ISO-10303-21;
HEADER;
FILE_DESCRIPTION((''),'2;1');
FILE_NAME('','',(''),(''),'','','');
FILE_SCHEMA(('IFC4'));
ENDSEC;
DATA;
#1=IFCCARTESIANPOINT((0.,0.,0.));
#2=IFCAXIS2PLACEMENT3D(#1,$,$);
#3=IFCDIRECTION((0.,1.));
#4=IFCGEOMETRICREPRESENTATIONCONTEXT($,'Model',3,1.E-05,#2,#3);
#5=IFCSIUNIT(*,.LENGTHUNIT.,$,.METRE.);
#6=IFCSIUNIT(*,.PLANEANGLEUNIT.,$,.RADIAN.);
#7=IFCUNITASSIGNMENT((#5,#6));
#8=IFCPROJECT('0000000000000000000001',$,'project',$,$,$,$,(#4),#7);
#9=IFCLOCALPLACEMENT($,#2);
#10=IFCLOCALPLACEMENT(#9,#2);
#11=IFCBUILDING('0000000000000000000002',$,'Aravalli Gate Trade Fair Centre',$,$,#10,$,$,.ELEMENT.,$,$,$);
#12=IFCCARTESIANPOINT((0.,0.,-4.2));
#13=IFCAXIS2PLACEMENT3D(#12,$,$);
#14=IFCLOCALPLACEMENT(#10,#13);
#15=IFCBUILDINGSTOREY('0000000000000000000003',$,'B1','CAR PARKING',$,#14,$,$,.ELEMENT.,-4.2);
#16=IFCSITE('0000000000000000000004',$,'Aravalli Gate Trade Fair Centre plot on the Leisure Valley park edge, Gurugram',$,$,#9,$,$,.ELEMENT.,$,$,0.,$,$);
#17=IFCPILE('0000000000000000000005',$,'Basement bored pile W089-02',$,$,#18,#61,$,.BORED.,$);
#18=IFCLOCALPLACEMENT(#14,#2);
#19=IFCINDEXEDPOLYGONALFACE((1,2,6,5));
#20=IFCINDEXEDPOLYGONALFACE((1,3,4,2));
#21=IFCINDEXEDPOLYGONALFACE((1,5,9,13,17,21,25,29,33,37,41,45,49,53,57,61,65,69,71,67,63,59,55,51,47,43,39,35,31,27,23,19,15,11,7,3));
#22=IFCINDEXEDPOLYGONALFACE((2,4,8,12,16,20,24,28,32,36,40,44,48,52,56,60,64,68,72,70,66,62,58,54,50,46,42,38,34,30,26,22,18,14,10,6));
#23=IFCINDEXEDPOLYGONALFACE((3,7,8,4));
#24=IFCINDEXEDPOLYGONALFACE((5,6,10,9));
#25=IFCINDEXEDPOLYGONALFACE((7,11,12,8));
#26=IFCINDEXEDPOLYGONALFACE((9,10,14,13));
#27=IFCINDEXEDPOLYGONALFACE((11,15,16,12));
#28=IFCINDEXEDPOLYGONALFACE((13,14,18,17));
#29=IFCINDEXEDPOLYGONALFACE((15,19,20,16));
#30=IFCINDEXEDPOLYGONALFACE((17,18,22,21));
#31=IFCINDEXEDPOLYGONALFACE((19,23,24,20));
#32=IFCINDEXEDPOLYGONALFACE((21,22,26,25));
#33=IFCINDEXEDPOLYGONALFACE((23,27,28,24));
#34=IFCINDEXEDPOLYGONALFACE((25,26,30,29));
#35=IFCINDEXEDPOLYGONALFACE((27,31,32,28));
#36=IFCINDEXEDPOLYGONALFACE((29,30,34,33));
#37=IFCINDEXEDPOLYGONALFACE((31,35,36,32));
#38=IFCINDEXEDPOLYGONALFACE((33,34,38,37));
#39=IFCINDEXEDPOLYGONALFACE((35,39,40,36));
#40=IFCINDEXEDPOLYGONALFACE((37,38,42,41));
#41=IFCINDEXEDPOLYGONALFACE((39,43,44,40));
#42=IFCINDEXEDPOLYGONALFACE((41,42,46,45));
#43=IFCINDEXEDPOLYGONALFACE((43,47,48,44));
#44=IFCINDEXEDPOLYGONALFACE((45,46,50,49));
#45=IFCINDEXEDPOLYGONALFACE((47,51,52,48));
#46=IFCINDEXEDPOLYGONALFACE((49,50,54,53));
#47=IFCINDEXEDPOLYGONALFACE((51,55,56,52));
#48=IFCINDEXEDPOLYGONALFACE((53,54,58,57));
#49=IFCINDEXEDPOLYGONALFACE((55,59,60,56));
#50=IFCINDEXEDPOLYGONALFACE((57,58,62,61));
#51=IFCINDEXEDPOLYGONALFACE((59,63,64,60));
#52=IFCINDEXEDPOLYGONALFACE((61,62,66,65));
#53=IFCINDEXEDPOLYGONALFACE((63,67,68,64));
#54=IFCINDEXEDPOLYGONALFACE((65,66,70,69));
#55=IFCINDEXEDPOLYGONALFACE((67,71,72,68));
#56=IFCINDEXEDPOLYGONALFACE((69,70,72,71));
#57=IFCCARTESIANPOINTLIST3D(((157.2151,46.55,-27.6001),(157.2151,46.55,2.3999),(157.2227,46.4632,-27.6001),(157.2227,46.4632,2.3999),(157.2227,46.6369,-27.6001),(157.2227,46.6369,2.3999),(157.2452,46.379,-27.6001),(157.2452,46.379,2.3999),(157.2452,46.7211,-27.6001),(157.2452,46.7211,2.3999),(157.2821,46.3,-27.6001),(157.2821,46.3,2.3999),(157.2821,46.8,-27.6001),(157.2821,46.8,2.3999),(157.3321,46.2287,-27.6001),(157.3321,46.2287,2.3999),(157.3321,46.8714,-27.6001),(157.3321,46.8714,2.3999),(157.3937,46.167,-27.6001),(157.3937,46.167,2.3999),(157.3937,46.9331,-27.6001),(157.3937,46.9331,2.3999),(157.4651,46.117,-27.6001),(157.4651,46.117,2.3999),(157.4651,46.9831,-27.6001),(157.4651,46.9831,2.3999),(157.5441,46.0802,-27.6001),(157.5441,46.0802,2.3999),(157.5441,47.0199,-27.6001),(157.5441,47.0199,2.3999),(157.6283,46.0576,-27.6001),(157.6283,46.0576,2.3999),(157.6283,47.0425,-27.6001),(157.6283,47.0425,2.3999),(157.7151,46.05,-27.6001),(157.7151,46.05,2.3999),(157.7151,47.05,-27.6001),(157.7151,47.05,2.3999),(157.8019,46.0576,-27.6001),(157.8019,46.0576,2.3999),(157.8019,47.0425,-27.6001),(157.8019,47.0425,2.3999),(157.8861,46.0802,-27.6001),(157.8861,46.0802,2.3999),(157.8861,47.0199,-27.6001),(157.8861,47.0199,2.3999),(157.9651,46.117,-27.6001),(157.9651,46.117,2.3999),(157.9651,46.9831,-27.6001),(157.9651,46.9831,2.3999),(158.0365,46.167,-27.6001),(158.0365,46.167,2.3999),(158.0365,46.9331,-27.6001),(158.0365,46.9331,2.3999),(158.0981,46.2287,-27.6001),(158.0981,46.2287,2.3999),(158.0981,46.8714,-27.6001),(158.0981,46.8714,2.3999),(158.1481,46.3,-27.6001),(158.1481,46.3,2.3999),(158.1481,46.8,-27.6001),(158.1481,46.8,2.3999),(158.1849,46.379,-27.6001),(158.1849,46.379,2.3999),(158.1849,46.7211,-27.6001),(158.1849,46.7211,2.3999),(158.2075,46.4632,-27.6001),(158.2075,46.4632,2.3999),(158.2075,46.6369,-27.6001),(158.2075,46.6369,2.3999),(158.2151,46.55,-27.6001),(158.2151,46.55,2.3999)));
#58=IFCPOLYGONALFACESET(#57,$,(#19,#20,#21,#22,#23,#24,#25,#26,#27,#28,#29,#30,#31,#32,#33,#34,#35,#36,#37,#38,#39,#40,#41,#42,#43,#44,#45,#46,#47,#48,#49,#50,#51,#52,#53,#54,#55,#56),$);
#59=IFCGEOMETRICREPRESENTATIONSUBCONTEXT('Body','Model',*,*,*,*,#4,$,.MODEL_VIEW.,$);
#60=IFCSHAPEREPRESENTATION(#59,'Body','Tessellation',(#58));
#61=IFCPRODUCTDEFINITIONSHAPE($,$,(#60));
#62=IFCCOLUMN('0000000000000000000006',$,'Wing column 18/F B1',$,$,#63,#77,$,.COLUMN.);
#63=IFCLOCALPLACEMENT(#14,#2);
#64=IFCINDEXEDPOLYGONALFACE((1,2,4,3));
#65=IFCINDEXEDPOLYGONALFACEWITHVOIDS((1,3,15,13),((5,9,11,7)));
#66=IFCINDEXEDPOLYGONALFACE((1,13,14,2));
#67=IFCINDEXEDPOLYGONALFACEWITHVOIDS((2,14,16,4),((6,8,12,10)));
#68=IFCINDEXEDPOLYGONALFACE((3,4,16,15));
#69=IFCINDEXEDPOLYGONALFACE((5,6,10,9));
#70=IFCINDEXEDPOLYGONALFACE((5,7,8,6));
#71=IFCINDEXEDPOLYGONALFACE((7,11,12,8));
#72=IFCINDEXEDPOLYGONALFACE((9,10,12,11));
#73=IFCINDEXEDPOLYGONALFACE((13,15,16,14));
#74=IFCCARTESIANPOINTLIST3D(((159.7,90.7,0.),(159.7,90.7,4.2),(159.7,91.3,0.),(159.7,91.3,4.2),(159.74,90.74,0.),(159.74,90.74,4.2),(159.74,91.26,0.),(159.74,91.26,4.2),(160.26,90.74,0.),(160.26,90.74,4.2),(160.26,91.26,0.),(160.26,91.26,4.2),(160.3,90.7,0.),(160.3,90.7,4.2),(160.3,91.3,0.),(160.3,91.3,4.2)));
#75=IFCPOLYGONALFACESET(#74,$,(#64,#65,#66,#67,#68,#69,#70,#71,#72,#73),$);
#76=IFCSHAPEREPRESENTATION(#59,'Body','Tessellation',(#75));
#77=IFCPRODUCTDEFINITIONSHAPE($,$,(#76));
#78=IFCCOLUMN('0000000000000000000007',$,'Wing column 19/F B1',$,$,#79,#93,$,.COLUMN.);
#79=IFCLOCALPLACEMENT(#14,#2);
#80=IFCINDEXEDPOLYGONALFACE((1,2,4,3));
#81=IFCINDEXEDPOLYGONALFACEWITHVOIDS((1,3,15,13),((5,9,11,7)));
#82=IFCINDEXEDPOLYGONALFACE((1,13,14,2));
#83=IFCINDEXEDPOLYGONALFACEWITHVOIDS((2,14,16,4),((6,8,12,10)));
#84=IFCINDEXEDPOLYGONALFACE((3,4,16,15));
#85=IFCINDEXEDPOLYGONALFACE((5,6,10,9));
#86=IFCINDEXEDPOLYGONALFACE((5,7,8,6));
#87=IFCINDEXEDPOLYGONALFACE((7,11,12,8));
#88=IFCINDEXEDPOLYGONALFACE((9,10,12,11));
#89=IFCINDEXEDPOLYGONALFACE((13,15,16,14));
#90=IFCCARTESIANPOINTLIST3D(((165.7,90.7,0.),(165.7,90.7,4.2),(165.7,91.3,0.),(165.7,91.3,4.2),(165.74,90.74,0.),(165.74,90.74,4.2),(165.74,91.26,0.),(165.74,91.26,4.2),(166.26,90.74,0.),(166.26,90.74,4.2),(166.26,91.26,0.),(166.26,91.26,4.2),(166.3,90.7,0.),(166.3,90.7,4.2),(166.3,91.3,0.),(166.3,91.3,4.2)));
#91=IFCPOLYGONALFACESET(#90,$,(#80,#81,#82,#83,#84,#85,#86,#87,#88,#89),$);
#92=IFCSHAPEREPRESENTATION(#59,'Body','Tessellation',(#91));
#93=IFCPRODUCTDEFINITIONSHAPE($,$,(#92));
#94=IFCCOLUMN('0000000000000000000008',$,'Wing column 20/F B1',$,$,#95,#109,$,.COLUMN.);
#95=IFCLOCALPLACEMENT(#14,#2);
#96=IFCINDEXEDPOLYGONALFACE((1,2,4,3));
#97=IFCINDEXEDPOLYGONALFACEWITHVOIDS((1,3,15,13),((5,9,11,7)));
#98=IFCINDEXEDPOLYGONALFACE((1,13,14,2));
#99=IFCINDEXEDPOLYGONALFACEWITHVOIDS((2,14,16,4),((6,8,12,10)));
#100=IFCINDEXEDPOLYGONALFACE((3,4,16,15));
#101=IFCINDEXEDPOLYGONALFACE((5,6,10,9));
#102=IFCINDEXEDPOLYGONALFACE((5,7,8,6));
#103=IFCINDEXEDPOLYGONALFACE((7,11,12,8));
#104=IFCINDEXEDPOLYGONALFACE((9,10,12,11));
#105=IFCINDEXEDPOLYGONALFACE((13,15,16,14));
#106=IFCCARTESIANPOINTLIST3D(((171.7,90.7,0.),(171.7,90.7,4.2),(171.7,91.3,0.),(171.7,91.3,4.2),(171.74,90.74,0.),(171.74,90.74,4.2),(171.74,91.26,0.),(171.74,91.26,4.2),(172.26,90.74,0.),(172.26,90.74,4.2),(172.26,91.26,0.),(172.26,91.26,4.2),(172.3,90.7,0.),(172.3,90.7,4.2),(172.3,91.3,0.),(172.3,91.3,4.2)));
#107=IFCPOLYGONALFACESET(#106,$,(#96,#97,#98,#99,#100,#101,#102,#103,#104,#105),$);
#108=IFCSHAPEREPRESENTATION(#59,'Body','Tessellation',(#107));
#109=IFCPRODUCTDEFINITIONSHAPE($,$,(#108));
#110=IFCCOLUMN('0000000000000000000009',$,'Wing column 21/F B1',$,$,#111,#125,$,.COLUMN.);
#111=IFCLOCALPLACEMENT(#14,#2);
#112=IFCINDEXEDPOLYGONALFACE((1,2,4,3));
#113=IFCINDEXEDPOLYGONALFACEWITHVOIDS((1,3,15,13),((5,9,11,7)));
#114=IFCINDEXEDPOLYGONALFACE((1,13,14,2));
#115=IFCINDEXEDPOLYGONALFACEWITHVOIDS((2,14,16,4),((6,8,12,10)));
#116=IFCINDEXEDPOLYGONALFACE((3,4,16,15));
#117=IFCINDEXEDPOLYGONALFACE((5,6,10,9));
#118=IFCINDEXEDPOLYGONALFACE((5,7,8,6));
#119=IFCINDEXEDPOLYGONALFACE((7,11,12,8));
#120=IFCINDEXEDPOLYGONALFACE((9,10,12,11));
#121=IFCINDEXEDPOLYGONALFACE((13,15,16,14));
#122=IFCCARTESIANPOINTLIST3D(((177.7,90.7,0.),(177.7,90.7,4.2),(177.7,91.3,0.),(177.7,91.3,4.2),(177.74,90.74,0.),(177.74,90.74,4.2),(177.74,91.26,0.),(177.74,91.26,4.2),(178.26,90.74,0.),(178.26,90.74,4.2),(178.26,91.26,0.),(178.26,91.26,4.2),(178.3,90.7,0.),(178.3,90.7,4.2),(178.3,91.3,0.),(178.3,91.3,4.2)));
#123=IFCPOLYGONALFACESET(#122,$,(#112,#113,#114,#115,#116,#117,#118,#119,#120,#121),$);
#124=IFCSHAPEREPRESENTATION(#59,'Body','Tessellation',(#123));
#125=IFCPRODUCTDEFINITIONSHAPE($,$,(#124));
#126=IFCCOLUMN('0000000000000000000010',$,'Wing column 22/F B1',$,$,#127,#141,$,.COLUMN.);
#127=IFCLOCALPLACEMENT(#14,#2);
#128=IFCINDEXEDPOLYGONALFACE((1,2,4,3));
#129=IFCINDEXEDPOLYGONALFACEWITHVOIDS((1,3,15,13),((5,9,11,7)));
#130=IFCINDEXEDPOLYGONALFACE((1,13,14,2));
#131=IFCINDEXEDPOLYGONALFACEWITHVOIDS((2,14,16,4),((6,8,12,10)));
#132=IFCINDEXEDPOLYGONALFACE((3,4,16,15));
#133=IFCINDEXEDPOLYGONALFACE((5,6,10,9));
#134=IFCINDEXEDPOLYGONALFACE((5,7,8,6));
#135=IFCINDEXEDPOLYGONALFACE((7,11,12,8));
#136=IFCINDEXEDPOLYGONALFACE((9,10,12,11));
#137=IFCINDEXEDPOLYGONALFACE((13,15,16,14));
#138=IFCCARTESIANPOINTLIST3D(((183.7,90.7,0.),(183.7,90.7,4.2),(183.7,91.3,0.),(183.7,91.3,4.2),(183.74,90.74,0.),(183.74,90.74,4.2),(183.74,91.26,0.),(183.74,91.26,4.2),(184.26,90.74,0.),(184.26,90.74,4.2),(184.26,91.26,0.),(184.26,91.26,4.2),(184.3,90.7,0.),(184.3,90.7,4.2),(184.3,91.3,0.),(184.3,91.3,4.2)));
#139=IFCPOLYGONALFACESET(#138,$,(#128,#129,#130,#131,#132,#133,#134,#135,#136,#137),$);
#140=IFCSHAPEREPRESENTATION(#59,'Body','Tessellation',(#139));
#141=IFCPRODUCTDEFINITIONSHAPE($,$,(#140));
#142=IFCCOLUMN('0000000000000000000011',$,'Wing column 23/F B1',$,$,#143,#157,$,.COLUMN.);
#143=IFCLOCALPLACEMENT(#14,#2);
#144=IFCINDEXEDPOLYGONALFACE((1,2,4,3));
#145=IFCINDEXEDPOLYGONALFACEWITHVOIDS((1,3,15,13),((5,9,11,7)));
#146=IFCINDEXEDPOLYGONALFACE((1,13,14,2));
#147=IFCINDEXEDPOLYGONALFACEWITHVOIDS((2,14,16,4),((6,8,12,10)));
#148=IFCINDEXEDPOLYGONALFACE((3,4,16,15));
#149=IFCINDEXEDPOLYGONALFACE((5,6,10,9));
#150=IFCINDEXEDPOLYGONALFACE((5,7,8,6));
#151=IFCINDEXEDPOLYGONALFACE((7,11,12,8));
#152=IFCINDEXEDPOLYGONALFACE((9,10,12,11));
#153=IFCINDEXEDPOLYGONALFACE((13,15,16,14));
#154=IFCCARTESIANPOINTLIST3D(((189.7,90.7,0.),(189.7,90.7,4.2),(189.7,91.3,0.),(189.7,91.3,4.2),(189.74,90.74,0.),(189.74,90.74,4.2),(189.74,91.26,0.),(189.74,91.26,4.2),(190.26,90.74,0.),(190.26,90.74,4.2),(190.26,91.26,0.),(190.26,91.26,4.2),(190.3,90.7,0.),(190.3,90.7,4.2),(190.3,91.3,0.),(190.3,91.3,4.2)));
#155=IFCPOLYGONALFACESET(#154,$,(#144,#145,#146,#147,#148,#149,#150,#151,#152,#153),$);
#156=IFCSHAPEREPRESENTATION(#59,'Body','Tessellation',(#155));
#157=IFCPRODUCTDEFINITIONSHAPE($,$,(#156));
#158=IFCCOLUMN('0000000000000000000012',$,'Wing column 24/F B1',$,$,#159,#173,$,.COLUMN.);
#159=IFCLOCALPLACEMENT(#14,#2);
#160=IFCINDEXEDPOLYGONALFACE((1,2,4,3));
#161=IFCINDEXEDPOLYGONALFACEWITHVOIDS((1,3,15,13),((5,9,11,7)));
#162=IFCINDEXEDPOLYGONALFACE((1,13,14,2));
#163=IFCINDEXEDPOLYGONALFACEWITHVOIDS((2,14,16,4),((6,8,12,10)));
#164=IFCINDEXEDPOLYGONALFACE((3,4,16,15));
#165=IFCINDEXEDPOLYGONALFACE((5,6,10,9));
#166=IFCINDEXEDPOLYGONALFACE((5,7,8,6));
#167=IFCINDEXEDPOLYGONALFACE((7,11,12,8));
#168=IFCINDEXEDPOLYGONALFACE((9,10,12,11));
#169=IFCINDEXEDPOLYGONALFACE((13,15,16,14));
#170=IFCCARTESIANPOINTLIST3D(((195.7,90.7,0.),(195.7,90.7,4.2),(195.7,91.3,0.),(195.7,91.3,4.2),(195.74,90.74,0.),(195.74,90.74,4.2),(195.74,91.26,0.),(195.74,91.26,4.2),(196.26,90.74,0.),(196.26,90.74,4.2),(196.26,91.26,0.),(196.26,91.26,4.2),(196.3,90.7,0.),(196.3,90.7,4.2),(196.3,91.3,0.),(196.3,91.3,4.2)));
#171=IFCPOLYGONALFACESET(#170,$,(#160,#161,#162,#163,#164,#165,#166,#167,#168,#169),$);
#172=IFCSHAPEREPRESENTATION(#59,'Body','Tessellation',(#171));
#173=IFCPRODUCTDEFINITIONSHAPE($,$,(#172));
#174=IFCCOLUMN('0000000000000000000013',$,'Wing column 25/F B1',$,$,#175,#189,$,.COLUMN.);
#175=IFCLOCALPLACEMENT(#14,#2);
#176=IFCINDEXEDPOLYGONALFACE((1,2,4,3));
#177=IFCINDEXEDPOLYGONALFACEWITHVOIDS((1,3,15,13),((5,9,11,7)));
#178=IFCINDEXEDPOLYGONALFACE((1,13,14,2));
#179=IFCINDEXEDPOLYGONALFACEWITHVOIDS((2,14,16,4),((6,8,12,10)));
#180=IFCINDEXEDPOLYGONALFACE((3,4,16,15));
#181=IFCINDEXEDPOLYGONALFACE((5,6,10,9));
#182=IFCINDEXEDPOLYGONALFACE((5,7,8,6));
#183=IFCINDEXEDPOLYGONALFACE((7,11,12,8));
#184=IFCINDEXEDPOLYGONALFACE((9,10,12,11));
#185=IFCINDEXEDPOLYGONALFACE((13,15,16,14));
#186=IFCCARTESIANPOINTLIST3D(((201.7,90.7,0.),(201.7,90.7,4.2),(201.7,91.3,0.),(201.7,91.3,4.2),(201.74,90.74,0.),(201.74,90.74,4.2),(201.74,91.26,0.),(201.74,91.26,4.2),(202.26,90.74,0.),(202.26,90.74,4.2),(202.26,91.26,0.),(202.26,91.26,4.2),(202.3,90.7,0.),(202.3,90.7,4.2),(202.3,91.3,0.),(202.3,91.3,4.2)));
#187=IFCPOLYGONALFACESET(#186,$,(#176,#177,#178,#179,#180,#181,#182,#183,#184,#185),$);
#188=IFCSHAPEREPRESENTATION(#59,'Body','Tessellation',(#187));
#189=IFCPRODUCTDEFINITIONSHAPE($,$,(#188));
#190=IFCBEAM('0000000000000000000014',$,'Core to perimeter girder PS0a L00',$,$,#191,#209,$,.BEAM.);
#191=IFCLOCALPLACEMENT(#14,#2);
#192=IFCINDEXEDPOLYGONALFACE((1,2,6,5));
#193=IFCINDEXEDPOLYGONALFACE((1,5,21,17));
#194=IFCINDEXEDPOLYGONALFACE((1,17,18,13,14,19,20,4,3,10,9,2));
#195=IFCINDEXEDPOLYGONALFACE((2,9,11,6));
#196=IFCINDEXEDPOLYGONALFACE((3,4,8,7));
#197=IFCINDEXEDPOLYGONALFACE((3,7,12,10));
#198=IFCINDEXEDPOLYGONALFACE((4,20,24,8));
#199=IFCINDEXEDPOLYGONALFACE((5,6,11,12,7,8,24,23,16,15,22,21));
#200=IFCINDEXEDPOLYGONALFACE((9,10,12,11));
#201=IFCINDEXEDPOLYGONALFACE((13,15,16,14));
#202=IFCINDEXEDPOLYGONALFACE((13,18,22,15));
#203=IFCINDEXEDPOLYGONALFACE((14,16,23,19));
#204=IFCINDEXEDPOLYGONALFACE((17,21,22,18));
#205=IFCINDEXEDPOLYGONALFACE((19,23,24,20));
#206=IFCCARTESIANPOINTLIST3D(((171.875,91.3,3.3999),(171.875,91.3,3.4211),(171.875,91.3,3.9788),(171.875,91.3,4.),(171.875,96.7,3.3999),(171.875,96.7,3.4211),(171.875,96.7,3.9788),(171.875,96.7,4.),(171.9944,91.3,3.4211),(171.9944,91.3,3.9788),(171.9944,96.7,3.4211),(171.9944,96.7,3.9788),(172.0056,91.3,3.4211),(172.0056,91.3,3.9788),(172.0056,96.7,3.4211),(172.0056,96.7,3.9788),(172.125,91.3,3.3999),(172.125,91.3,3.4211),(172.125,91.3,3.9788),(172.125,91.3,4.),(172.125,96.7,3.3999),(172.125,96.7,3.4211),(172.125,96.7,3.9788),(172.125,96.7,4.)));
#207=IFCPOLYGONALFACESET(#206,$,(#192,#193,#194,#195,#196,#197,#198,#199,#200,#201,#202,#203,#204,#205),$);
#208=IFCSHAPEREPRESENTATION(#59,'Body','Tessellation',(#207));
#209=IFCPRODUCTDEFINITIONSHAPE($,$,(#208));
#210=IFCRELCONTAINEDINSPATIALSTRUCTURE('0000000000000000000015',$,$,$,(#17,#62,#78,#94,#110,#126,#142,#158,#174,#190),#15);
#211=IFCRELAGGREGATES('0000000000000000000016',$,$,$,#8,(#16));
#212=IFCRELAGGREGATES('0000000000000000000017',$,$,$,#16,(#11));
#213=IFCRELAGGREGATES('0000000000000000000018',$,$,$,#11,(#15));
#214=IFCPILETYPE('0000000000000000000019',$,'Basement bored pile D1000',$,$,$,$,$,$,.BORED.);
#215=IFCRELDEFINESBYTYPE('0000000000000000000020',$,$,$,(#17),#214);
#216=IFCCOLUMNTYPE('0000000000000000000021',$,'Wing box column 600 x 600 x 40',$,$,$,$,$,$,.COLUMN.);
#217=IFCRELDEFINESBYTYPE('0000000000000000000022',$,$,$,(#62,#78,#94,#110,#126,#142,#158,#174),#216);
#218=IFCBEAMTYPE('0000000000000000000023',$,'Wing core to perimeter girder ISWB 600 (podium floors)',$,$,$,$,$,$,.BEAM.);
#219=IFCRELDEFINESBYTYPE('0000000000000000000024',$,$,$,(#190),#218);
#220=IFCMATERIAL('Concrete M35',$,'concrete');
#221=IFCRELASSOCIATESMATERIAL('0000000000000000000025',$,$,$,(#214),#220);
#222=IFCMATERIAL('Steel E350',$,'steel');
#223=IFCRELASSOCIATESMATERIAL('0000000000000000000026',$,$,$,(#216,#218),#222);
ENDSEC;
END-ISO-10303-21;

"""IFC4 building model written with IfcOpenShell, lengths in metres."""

from ifc_helpers import new_model, si_unit, direction, frame, origin, origin_2d, place, context, subcontext, project, spatial, hollow_rectangle, circle, i_section, extrude, material, material_profile, profile_set, type_object, element, save


model = new_model("IFC4")

# Units and contexts
model_context = context("Model", 3, precision=1e-05, world=origin(), true_north=direction((0.0, 1.0)))
body_context = subcontext(model_context, "Body", "Model", "MODEL_VIEW")
ifc_project = project(units=[si_unit("LENGTHUNIT", "METRE"), si_unit("PLANEANGLEUNIT", "RADIAN")], contexts=[model_context])

# Site, building, storey
site_placement = place(None, origin())
site = spatial("IfcSite", under=ifc_project, at=site_placement, Name="Aravalli Gate Trade Fair Centre plot on the Leisure Valley park edge, Gurugram", CompositionType="ELEMENT", RefElevation=0.0)
building_placement = place(site_placement, origin())
building = spatial("IfcBuilding", under=site, at=building_placement, Name="Aravalli Gate Trade Fair Centre", CompositionType="ELEMENT")
storey_placement = place(building_placement, frame((0.0, 0.0, -4.2)))
storey = spatial("IfcBuildingStorey", under=building, at=storey_placement, Name="B1", Description="CAR PARKING", CompositionType="ELEMENT", Elevation=-4.2)

# Pile
ifc_material_1 = material(Name="Concrete M35", Category="concrete")
ifc_material_profile_1 = material_profile(ifc_material_1, circle(Radius=0.5, at=origin_2d()), Name="D1000")
ifc_profile_set_1 = profile_set([ifc_material_profile_1], Name="Concrete M35")
pile_type = type_object("IfcPileType", Name="Basement bored pile D1000", PredefinedType="BORED", material=ifc_profile_set_1)
pile_placement = place(storey_placement, frame((157.7151, 46.55, 2.3999), z_axis=(0.0, 0.0, -1.0), x_axis=(1.0, 0.0, 0.0)))
element("IfcPile", 1, at=pile_placement, inside=storey, type_object=pile_type, Name="Basement bored pile W089-02", PredefinedType="BORED", context=body_context, shape_type="SweptSolid", body=[
    extrude(circle(Radius=0.5, at=origin_2d()), origin(), (0.0, 0.0, 1.0), 30.0),
])

# Columns
ifc_material_2 = material(Name="Steel E350", Category="steel")
ifc_material_profile_2 = material_profile(ifc_material_2, hollow_rectangle(XDim=0.6001, YDim=0.6001, WallThickness=0.04, at=origin_2d()), Name="BOX 600x600x40")
ifc_profile_set_2 = profile_set([ifc_material_profile_2], Name="Steel E350")
column_type = type_object("IfcColumnType", Name="Wing box column 600 x 600 x 40", PredefinedType="COLUMN", material=ifc_profile_set_2)
for number, where, z_axis, x_axis, name in (
    (2, (160.0, 91.0, 0.0), (0.0, 0.0, 1.0), (1.0, 0.0, 0.0), "Wing column 18/F B1"),
    (3, (166.0, 91.0, 0.0), (0.0, 0.0, 1.0), (1.0, 0.0, 0.0), "Wing column 19/F B1"),
    (4, (172.0, 91.0, 0.0), (0.0, 0.0, 1.0), (1.0, 0.0, 0.0), "Wing column 20/F B1"),
    (5, (178.0, 91.0, 0.0), (0.0, 0.0, 1.0), (1.0, 0.0, 0.0), "Wing column 21/F B1"),
    (6, (184.0, 91.0, 0.0), (0.0, 0.0, 1.0), (1.0, 0.0, 0.0), "Wing column 22/F B1"),
    (7, (190.0, 91.0, 0.0), (0.0, 0.0, 1.0), (1.0, 0.0, 0.0), "Wing column 23/F B1"),
    (8, (196.0, 91.0, 0.0), (0.0, 0.0, 1.0), (1.0, 0.0, 0.0), "Wing column 24/F B1"),
    (9, (202.0, 91.0, 0.0), (0.0, 0.0, 1.0), (1.0, 0.0, 0.0), "Wing column 25/F B1"),
):
    element("IfcColumn", number, at=place(storey_placement, frame(where, z_axis=z_axis, x_axis=x_axis)), inside=storey, type_object=column_type, Name=name, PredefinedType="COLUMN", context=body_context, shape_type="SweptSolid", body=[
        extrude(hollow_rectangle(XDim=0.6001, YDim=0.6001, WallThickness=0.04, at=origin_2d()), origin(), (0.0, 0.0, 1.0), 4.2),
    ])

# Beam
ifc_material_profile_3 = material_profile(ifc_material_2, i_section(OverallWidth=0.25, OverallDepth=0.6001, WebThickness=0.0112, FlangeThickness=0.0212, at=origin_2d()), Name="ISWB 600")
ifc_profile_set_3 = profile_set([ifc_material_profile_3], Name="Steel E350")
beam_type_1 = type_object("IfcBeamType", Name="Wing core to perimeter girder ISWB 600 (podium floors)", PredefinedType="BEAM", material=ifc_profile_set_3)
for number, where, z_axis, x_axis, name in (
    (10, (172.0, 91.3, 3.7), (0.0, 1.0, 0.0), (-1.0, 0.0, 0.0), "Core to perimeter girder PS0a L00"),
):
    element("IfcBeam", number, at=place(storey_placement, frame(where, z_axis=z_axis, x_axis=x_axis)), inside=storey, type_object=beam_type_1, Name=name, PredefinedType="BEAM", context=body_context, shape_type="SweptSolid", body=[
        extrude(i_section(OverallWidth=0.25, OverallDepth=0.6001, WebThickness=0.0112, FlangeThickness=0.0212, at=origin_2d()), origin(), (0.0, 0.0, 1.0), 5.3999),
    ])

save(model, "model.ifc")
